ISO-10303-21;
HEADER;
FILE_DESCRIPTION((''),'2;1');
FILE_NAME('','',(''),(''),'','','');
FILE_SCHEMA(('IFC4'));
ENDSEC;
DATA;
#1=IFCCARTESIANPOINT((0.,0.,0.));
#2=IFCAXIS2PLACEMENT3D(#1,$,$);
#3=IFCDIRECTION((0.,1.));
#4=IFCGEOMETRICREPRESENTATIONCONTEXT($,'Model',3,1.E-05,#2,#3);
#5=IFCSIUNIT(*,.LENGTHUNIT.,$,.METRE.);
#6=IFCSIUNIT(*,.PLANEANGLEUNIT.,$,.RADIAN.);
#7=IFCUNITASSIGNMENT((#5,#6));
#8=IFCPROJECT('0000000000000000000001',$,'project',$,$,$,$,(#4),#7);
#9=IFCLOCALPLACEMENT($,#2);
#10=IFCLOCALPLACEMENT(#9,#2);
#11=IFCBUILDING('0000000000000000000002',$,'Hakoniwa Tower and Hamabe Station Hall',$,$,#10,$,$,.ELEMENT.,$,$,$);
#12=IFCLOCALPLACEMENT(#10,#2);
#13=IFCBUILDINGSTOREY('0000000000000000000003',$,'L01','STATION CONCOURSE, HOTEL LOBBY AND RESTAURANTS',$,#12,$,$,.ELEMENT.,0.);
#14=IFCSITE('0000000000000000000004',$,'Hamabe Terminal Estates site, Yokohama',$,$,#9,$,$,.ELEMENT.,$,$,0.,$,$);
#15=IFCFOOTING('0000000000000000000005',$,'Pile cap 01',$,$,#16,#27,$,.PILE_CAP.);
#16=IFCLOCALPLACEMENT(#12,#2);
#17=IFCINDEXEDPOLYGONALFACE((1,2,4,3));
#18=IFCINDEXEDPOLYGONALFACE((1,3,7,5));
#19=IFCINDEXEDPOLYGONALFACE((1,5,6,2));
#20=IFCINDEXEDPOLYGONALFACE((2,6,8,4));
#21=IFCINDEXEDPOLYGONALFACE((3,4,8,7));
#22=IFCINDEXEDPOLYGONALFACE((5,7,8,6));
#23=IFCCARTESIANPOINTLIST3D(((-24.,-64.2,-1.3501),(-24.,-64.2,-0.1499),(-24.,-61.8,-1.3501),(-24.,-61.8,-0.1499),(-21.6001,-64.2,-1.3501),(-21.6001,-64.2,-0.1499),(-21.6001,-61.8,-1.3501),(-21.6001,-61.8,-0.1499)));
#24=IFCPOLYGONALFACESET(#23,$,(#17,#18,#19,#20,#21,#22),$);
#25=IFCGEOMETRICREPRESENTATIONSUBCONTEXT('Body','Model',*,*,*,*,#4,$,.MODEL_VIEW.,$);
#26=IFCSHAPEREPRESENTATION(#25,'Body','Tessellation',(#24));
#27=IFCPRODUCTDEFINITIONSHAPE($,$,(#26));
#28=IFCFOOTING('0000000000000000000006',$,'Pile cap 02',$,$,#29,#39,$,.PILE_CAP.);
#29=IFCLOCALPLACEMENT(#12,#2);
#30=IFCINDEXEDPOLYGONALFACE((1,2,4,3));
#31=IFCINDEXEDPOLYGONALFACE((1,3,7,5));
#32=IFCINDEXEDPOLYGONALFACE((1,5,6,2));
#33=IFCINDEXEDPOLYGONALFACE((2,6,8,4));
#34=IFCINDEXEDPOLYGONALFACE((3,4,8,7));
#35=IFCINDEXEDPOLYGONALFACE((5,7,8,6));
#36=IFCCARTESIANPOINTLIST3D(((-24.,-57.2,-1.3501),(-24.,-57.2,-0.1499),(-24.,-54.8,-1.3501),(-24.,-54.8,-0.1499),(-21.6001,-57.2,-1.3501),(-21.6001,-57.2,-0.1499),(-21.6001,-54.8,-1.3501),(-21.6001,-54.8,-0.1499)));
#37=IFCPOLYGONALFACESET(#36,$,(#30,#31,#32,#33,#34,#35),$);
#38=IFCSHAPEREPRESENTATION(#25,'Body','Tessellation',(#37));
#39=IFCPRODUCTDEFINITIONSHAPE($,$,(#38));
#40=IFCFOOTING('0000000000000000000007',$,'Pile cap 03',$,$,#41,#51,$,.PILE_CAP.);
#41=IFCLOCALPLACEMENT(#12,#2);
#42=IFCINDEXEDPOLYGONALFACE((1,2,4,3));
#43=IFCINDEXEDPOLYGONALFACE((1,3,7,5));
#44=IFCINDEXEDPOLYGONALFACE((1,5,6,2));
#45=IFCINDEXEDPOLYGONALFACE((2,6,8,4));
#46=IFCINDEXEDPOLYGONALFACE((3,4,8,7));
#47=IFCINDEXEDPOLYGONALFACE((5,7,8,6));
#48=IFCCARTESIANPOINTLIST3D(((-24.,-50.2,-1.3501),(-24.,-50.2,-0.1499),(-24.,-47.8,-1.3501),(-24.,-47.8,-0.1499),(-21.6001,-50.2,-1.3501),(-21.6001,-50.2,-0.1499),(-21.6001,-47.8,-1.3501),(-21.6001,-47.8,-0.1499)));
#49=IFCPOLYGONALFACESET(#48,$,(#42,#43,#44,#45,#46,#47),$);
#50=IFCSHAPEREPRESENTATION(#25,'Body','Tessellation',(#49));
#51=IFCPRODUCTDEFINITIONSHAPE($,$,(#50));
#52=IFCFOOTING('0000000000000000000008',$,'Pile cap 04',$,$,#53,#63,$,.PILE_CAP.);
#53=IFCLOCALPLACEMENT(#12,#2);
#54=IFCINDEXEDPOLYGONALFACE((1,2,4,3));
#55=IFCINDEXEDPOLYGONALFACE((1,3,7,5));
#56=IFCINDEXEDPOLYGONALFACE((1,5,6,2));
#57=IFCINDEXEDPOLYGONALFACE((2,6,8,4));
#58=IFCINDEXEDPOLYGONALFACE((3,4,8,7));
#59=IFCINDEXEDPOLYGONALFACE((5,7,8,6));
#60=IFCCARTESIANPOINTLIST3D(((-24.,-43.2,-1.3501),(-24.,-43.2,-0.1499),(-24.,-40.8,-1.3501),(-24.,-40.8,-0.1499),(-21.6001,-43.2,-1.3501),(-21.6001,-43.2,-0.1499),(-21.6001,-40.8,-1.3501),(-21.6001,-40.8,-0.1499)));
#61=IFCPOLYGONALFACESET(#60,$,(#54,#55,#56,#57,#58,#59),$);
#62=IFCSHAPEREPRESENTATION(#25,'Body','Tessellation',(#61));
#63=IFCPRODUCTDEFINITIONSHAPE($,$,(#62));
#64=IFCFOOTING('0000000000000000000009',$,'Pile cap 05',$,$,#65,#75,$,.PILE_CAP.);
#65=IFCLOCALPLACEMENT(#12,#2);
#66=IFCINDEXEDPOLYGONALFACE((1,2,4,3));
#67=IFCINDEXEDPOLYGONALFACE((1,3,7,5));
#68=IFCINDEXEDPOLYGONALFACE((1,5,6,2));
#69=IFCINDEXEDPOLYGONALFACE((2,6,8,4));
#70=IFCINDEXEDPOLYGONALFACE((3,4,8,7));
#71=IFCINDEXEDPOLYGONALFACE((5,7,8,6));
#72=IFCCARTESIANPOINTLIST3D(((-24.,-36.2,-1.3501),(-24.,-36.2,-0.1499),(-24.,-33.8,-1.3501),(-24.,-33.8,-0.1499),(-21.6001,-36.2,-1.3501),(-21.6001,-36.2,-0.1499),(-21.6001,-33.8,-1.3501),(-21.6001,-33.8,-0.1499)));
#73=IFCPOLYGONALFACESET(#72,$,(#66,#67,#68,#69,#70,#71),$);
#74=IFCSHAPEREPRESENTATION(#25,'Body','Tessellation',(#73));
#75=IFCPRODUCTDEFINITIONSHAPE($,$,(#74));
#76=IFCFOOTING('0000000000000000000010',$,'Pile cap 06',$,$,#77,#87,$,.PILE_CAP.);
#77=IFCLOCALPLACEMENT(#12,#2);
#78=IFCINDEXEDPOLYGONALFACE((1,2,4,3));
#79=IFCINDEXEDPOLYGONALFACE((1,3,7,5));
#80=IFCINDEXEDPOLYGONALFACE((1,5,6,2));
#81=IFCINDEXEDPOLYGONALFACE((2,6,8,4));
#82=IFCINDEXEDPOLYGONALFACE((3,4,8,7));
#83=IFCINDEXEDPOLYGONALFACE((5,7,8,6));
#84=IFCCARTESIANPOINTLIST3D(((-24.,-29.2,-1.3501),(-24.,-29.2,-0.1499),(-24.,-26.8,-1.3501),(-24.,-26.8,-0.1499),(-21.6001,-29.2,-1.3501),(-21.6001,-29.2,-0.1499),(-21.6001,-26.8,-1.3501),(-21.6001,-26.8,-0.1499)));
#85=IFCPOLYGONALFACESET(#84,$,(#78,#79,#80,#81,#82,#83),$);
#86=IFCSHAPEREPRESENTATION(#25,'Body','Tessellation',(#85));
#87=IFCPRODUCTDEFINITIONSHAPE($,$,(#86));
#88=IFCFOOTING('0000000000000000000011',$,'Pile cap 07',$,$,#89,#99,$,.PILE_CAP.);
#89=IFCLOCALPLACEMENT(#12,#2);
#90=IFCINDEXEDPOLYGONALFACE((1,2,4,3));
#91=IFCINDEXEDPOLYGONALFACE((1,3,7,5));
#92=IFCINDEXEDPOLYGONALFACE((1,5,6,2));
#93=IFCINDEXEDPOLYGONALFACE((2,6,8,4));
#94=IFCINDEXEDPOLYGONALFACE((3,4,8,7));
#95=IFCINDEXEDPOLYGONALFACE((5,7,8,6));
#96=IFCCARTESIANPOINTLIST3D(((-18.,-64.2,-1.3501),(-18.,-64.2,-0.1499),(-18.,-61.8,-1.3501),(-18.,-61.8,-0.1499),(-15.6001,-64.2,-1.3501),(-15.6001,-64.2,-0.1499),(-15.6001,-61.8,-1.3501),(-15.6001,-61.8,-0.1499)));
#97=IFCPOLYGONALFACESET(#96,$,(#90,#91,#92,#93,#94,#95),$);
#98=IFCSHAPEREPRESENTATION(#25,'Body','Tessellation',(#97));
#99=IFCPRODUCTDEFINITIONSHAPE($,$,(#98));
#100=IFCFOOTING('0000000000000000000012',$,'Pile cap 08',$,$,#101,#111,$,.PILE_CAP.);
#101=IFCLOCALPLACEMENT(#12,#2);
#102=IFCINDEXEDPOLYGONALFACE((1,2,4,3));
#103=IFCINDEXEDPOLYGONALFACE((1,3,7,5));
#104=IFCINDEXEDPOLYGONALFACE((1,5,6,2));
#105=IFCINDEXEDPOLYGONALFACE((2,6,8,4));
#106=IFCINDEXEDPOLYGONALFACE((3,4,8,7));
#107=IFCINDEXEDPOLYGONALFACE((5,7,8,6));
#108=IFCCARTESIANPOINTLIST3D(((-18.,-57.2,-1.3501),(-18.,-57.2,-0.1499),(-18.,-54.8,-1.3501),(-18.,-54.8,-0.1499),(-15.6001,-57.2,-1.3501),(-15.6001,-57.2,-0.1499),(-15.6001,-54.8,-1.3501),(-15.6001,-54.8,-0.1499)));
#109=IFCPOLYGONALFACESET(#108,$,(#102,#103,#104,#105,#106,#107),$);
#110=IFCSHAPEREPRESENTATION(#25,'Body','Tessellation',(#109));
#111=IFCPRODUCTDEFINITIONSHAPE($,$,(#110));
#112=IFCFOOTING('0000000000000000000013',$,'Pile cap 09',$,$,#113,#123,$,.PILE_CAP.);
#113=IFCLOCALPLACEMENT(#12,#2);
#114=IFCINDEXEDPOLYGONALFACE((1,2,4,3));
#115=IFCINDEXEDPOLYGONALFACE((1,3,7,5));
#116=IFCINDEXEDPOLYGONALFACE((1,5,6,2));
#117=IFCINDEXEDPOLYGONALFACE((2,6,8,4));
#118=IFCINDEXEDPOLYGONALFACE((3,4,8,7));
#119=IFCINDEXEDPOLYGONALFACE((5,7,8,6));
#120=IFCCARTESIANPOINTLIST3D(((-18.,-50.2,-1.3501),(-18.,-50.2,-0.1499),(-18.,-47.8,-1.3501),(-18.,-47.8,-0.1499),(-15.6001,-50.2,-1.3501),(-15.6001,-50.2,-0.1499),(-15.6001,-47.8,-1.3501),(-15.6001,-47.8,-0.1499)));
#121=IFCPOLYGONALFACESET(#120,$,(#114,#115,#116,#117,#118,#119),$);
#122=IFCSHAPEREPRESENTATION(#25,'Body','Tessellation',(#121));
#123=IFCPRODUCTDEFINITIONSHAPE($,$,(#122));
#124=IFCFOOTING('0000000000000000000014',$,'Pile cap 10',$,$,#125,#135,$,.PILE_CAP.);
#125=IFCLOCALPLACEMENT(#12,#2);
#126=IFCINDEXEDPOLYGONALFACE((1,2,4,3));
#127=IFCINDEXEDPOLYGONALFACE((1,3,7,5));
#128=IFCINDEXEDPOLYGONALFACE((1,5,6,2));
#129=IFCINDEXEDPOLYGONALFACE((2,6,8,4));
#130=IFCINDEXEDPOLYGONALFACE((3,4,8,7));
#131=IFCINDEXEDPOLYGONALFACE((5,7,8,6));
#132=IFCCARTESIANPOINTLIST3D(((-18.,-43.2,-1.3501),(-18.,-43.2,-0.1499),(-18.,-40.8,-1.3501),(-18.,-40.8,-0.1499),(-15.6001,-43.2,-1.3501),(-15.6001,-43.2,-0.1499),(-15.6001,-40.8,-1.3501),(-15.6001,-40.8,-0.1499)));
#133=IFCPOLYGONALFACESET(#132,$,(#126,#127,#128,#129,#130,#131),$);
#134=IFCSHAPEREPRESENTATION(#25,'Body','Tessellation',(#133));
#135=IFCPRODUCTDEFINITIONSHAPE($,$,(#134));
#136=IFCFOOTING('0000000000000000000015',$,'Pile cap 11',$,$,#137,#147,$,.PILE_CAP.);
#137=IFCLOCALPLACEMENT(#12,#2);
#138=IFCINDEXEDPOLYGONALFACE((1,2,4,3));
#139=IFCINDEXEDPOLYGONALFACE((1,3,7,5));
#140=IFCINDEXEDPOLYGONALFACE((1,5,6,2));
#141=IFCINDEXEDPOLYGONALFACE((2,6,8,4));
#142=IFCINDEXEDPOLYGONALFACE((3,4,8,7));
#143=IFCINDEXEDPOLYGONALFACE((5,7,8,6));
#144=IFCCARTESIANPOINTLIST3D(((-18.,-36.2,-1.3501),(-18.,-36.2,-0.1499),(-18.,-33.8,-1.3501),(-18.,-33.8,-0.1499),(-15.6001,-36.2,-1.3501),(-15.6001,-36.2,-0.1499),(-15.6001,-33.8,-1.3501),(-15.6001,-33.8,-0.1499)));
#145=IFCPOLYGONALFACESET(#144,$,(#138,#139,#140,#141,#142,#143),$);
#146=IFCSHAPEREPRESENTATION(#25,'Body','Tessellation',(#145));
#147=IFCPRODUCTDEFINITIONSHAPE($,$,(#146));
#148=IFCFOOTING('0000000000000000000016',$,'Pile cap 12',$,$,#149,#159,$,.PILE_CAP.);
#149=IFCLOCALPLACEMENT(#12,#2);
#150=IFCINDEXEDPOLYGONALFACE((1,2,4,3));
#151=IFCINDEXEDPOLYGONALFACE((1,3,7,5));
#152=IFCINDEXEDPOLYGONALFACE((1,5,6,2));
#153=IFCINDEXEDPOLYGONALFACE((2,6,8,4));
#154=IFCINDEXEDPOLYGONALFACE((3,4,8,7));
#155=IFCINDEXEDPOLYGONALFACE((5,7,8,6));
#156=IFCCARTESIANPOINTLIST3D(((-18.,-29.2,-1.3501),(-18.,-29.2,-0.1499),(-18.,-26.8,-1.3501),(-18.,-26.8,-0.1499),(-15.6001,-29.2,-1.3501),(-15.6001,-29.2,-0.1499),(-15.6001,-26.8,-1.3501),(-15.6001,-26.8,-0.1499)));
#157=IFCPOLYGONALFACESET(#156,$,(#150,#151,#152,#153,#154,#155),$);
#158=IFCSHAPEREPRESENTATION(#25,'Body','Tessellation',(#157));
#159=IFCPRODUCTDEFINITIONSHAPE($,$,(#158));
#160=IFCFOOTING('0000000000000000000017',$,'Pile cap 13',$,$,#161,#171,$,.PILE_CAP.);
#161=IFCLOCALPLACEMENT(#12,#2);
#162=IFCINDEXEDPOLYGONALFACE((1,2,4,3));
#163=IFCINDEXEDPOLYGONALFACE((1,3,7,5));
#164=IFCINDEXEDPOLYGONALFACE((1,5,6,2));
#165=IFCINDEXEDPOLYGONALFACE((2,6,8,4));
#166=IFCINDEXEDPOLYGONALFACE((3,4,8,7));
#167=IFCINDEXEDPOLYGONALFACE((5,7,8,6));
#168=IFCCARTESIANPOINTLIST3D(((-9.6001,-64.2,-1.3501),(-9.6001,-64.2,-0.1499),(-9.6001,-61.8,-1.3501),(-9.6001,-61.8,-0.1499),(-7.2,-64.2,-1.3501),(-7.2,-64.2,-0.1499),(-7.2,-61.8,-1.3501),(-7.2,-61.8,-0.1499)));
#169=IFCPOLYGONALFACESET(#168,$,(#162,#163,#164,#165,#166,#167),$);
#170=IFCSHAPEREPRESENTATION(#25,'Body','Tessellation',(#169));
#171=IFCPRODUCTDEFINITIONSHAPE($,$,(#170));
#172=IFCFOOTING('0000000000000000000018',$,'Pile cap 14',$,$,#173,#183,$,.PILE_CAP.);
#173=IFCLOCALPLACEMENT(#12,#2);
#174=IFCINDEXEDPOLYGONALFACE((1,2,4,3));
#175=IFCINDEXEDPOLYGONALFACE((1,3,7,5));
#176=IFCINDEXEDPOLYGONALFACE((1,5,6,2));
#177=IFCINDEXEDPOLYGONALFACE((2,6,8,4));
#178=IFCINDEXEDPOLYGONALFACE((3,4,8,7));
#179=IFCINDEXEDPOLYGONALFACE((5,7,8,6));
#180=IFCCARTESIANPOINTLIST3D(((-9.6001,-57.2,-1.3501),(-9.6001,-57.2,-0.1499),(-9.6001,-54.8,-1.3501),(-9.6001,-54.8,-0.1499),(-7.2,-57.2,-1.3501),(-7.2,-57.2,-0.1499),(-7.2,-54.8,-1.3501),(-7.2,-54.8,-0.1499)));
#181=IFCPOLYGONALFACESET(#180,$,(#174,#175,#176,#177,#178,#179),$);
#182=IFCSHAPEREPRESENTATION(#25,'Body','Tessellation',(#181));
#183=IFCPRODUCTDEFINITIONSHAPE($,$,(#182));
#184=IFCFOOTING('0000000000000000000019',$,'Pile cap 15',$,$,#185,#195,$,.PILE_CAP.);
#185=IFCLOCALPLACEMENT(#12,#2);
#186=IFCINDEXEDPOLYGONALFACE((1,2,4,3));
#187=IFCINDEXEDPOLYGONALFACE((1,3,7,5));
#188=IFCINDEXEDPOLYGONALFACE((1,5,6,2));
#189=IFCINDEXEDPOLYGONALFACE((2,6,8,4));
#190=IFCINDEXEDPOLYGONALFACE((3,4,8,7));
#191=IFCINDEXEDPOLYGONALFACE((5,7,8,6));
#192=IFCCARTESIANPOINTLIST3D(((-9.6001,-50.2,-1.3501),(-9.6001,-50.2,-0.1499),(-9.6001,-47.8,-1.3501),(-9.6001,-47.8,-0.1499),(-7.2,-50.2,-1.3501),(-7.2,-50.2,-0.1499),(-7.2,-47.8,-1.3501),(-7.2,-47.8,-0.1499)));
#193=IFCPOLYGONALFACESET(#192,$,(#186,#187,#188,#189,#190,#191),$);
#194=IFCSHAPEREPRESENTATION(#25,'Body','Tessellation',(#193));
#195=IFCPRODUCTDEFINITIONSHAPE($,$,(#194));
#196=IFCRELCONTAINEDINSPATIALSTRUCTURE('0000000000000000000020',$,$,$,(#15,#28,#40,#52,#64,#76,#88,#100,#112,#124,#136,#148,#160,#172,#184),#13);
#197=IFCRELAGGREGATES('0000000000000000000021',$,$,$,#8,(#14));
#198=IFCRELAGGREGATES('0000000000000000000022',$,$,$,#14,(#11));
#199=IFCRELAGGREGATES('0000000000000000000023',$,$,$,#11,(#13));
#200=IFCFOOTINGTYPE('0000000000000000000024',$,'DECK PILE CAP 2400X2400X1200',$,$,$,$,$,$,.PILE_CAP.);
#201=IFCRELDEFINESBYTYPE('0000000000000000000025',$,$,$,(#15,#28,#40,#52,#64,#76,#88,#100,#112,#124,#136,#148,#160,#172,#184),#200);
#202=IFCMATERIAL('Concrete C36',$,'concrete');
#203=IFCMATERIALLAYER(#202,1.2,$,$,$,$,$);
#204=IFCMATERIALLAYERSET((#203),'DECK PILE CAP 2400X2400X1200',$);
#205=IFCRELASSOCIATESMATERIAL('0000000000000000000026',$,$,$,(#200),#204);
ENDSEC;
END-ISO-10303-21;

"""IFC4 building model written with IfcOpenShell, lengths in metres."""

from ifc_helpers import new_model, si_unit, direction, frame, origin, place, context, subcontext, project, spatial, polyline, outline, extrude, material, layer, layer_set, type_object, element, save


model = new_model("IFC4")

# Units and contexts
model_context = context("Model", 3, precision=1e-05, world=origin(), true_north=direction((0.0, 1.0)))
body_context = subcontext(model_context, "Body", "Model", "MODEL_VIEW")
ifc_project = project(units=[si_unit("LENGTHUNIT", "METRE"), si_unit("PLANEANGLEUNIT", "RADIAN")], contexts=[model_context])

# Site, building, storey
site_placement = place(None, origin())
site = spatial("IfcSite", under=ifc_project, at=site_placement, Name="Hamabe Terminal Estates site, Yokohama", CompositionType="ELEMENT", RefElevation=0.0)
building_placement = place(site_placement, origin())
building = spatial("IfcBuilding", under=site, at=building_placement, Name="Hakoniwa Tower and Hamabe Station Hall", CompositionType="ELEMENT")
storey_placement = place(building_placement, origin())
storey = spatial("IfcBuildingStorey", under=building, at=storey_placement, Name="L01", Description="STATION CONCOURSE, HOTEL LOBBY AND RESTAURANTS", CompositionType="ELEMENT", Elevation=0.0)

# Footings
ifc_material = material(Name="Concrete C36", Category="concrete")
ifc_layer = layer(ifc_material, 1.2)
ifc_layer_set = layer_set([ifc_layer], Name="DECK PILE CAP 2400X2400X1200")
footing_type = type_object("IfcFootingType", Name="DECK PILE CAP 2400X2400X1200", PredefinedType="PILE_CAP", material=ifc_layer_set)
footing_1_placement = place(storey_placement, frame((0.0, 0.0, -1.3501)))
element("IfcFooting", 1, at=footing_1_placement, inside=storey, type_object=footing_type, Name="Pile cap 01", PredefinedType="PILE_CAP", context=body_context, shape_type="SweptSolid", body=[
    extrude(outline(polyline([(-24.0, -64.2), (-21.6001, -64.2), (-21.6001, -61.8), (-24.0, -61.8), (-24.0, -64.2)])), origin(), (0.0, 0.0, 1.0), 1.2002),
])
footing_2_placement = place(storey_placement, frame((0.0, 0.0, -1.3501)))
element("IfcFooting", 2, at=footing_2_placement, inside=storey, type_object=footing_type, Name="Pile cap 02", PredefinedType="PILE_CAP", context=body_context, shape_type="SweptSolid", body=[
    extrude(outline(polyline([(-24.0, -57.2), (-21.6001, -57.2), (-21.6001, -54.8), (-24.0, -54.8), (-24.0, -57.2)])), origin(), (0.0, 0.0, 1.0), 1.2002),
])
footing_3_placement = place(storey_placement, frame((0.0, 0.0, -1.3501)))
element("IfcFooting", 3, at=footing_3_placement, inside=storey, type_object=footing_type, Name="Pile cap 03", PredefinedType="PILE_CAP", context=body_context, shape_type="SweptSolid", body=[
    extrude(outline(polyline([(-24.0, -50.2), (-21.6001, -50.2), (-21.6001, -47.8), (-24.0, -47.8), (-24.0, -50.2)])), origin(), (0.0, 0.0, 1.0), 1.2002),
])
footing_4_placement = place(storey_placement, frame((0.0, 0.0, -1.3501)))
element("IfcFooting", 4, at=footing_4_placement, inside=storey, type_object=footing_type, Name="Pile cap 04", PredefinedType="PILE_CAP", context=body_context, shape_type="SweptSolid", body=[
    extrude(outline(polyline([(-24.0, -43.2), (-21.6001, -43.2), (-21.6001, -40.8), (-24.0, -40.8), (-24.0, -43.2)])), origin(), (0.0, 0.0, 1.0), 1.2002),
])
footing_5_placement = place(storey_placement, frame((0.0, 0.0, -1.3501)))
element("IfcFooting", 5, at=footing_5_placement, inside=storey, type_object=footing_type, Name="Pile cap 05", PredefinedType="PILE_CAP", context=body_context, shape_type="SweptSolid", body=[
    extrude(outline(polyline([(-24.0, -36.2), (-21.6001, -36.2), (-21.6001, -33.8), (-24.0, -33.8), (-24.0, -36.2)])), origin(), (0.0, 0.0, 1.0), 1.2002),
])
footing_6_placement = place(storey_placement, frame((0.0, 0.0, -1.3501)))
element("IfcFooting", 6, at=footing_6_placement, inside=storey, type_object=footing_type, Name="Pile cap 06", PredefinedType="PILE_CAP", context=body_context, shape_type="SweptSolid", body=[
    extrude(outline(polyline([(-24.0, -29.2), (-21.6001, -29.2), (-21.6001, -26.8), (-24.0, -26.8), (-24.0, -29.2)])), origin(), (0.0, 0.0, 1.0), 1.2002),
])
footing_7_placement = place(storey_placement, frame((0.0, 0.0, -1.3501)))
element("IfcFooting", 7, at=footing_7_placement, inside=storey, type_object=footing_type, Name="Pile cap 07", PredefinedType="PILE_CAP", context=body_context, shape_type="SweptSolid", body=[
    extrude(outline(polyline([(-18.0, -64.2), (-15.6001, -64.2), (-15.6001, -61.8), (-18.0, -61.8), (-18.0, -64.2)])), origin(), (0.0, 0.0, 1.0), 1.2002),
])
footing_8_placement = place(storey_placement, frame((0.0, 0.0, -1.3501)))
element("IfcFooting", 8, at=footing_8_placement, inside=storey, type_object=footing_type, Name="Pile cap 08", PredefinedType="PILE_CAP", context=body_context, shape_type="SweptSolid", body=[
    extrude(outline(polyline([(-18.0, -57.2), (-15.6001, -57.2), (-15.6001, -54.8), (-18.0, -54.8), (-18.0, -57.2)])), origin(), (0.0, 0.0, 1.0), 1.2002),
])
footing_9_placement = place(storey_placement, frame((0.0, 0.0, -1.3501)))
element("IfcFooting", 9, at=footing_9_placement, inside=storey, type_object=footing_type, Name="Pile cap 09", PredefinedType="PILE_CAP", context=body_context, shape_type="SweptSolid", body=[
    extrude(outline(polyline([(-18.0, -50.2), (-15.6001, -50.2), (-15.6001, -47.8), (-18.0, -47.8), (-18.0, -50.2)])), origin(), (0.0, 0.0, 1.0), 1.2002),
])
footing_10_placement = place(storey_placement, frame((0.0, 0.0, -1.3501)))
element("IfcFooting", 10, at=footing_10_placement, inside=storey, type_object=footing_type, Name="Pile cap 10", PredefinedType="PILE_CAP", context=body_context, shape_type="SweptSolid", body=[
    extrude(outline(polyline([(-18.0, -43.2), (-15.6001, -43.2), (-15.6001, -40.8), (-18.0, -40.8), (-18.0, -43.2)])), origin(), (0.0, 0.0, 1.0), 1.2002),
])
footing_11_placement = place(storey_placement, frame((0.0, 0.0, -1.3501)))
element("IfcFooting", 11, at=footing_11_placement, inside=storey, type_object=footing_type, Name="Pile cap 11", PredefinedType="PILE_CAP", context=body_context, shape_type="SweptSolid", body=[
    extrude(outline(polyline([(-18.0, -36.2), (-15.6001, -36.2), (-15.6001, -33.8), (-18.0, -33.8), (-18.0, -36.2)])), origin(), (0.0, 0.0, 1.0), 1.2002),
])
footing_12_placement = place(storey_placement, frame((0.0, 0.0, -1.3501)))
element("IfcFooting", 12, at=footing_12_placement, inside=storey, type_object=footing_type, Name="Pile cap 12", PredefinedType="PILE_CAP", context=body_context, shape_type="SweptSolid", body=[
    extrude(outline(polyline([(-18.0, -29.2), (-15.6001, -29.2), (-15.6001, -26.8), (-18.0, -26.8), (-18.0, -29.2)])), origin(), (0.0, 0.0, 1.0), 1.2002),
])
footing_13_placement = place(storey_placement, frame((0.0, 0.0, -1.3501)))
element("IfcFooting", 13, at=footing_13_placement, inside=storey, type_object=footing_type, Name="Pile cap 13", PredefinedType="PILE_CAP", context=body_context, shape_type="SweptSolid", body=[
    extrude(outline(polyline([(-9.6001, -64.2), (-7.2, -64.2), (-7.2, -61.8), (-9.6001, -61.8), (-9.6001, -64.2)])), origin(), (0.0, 0.0, 1.0), 1.2002),
])
footing_14_placement = place(storey_placement, frame((0.0, 0.0, -1.3501)))
element("IfcFooting", 14, at=footing_14_placement, inside=storey, type_object=footing_type, Name="Pile cap 14", PredefinedType="PILE_CAP", context=body_context, shape_type="SweptSolid", body=[
    extrude(outline(polyline([(-9.6001, -57.2), (-7.2, -57.2), (-7.2, -54.8), (-9.6001, -54.8), (-9.6001, -57.2)])), origin(), (0.0, 0.0, 1.0), 1.2002),
])
footing_15_placement = place(storey_placement, frame((0.0, 0.0, -1.3501)))
element("IfcFooting", 15, at=footing_15_placement, inside=storey, type_object=footing_type, Name="Pile cap 15", PredefinedType="PILE_CAP", context=body_context, shape_type="SweptSolid", body=[
    extrude(outline(polyline([(-9.6001, -50.2), (-7.2, -50.2), (-7.2, -47.8), (-9.6001, -47.8), (-9.6001, -50.2)])), origin(), (0.0, 0.0, 1.0), 1.2002),
])

save(model, "model.ifc")
